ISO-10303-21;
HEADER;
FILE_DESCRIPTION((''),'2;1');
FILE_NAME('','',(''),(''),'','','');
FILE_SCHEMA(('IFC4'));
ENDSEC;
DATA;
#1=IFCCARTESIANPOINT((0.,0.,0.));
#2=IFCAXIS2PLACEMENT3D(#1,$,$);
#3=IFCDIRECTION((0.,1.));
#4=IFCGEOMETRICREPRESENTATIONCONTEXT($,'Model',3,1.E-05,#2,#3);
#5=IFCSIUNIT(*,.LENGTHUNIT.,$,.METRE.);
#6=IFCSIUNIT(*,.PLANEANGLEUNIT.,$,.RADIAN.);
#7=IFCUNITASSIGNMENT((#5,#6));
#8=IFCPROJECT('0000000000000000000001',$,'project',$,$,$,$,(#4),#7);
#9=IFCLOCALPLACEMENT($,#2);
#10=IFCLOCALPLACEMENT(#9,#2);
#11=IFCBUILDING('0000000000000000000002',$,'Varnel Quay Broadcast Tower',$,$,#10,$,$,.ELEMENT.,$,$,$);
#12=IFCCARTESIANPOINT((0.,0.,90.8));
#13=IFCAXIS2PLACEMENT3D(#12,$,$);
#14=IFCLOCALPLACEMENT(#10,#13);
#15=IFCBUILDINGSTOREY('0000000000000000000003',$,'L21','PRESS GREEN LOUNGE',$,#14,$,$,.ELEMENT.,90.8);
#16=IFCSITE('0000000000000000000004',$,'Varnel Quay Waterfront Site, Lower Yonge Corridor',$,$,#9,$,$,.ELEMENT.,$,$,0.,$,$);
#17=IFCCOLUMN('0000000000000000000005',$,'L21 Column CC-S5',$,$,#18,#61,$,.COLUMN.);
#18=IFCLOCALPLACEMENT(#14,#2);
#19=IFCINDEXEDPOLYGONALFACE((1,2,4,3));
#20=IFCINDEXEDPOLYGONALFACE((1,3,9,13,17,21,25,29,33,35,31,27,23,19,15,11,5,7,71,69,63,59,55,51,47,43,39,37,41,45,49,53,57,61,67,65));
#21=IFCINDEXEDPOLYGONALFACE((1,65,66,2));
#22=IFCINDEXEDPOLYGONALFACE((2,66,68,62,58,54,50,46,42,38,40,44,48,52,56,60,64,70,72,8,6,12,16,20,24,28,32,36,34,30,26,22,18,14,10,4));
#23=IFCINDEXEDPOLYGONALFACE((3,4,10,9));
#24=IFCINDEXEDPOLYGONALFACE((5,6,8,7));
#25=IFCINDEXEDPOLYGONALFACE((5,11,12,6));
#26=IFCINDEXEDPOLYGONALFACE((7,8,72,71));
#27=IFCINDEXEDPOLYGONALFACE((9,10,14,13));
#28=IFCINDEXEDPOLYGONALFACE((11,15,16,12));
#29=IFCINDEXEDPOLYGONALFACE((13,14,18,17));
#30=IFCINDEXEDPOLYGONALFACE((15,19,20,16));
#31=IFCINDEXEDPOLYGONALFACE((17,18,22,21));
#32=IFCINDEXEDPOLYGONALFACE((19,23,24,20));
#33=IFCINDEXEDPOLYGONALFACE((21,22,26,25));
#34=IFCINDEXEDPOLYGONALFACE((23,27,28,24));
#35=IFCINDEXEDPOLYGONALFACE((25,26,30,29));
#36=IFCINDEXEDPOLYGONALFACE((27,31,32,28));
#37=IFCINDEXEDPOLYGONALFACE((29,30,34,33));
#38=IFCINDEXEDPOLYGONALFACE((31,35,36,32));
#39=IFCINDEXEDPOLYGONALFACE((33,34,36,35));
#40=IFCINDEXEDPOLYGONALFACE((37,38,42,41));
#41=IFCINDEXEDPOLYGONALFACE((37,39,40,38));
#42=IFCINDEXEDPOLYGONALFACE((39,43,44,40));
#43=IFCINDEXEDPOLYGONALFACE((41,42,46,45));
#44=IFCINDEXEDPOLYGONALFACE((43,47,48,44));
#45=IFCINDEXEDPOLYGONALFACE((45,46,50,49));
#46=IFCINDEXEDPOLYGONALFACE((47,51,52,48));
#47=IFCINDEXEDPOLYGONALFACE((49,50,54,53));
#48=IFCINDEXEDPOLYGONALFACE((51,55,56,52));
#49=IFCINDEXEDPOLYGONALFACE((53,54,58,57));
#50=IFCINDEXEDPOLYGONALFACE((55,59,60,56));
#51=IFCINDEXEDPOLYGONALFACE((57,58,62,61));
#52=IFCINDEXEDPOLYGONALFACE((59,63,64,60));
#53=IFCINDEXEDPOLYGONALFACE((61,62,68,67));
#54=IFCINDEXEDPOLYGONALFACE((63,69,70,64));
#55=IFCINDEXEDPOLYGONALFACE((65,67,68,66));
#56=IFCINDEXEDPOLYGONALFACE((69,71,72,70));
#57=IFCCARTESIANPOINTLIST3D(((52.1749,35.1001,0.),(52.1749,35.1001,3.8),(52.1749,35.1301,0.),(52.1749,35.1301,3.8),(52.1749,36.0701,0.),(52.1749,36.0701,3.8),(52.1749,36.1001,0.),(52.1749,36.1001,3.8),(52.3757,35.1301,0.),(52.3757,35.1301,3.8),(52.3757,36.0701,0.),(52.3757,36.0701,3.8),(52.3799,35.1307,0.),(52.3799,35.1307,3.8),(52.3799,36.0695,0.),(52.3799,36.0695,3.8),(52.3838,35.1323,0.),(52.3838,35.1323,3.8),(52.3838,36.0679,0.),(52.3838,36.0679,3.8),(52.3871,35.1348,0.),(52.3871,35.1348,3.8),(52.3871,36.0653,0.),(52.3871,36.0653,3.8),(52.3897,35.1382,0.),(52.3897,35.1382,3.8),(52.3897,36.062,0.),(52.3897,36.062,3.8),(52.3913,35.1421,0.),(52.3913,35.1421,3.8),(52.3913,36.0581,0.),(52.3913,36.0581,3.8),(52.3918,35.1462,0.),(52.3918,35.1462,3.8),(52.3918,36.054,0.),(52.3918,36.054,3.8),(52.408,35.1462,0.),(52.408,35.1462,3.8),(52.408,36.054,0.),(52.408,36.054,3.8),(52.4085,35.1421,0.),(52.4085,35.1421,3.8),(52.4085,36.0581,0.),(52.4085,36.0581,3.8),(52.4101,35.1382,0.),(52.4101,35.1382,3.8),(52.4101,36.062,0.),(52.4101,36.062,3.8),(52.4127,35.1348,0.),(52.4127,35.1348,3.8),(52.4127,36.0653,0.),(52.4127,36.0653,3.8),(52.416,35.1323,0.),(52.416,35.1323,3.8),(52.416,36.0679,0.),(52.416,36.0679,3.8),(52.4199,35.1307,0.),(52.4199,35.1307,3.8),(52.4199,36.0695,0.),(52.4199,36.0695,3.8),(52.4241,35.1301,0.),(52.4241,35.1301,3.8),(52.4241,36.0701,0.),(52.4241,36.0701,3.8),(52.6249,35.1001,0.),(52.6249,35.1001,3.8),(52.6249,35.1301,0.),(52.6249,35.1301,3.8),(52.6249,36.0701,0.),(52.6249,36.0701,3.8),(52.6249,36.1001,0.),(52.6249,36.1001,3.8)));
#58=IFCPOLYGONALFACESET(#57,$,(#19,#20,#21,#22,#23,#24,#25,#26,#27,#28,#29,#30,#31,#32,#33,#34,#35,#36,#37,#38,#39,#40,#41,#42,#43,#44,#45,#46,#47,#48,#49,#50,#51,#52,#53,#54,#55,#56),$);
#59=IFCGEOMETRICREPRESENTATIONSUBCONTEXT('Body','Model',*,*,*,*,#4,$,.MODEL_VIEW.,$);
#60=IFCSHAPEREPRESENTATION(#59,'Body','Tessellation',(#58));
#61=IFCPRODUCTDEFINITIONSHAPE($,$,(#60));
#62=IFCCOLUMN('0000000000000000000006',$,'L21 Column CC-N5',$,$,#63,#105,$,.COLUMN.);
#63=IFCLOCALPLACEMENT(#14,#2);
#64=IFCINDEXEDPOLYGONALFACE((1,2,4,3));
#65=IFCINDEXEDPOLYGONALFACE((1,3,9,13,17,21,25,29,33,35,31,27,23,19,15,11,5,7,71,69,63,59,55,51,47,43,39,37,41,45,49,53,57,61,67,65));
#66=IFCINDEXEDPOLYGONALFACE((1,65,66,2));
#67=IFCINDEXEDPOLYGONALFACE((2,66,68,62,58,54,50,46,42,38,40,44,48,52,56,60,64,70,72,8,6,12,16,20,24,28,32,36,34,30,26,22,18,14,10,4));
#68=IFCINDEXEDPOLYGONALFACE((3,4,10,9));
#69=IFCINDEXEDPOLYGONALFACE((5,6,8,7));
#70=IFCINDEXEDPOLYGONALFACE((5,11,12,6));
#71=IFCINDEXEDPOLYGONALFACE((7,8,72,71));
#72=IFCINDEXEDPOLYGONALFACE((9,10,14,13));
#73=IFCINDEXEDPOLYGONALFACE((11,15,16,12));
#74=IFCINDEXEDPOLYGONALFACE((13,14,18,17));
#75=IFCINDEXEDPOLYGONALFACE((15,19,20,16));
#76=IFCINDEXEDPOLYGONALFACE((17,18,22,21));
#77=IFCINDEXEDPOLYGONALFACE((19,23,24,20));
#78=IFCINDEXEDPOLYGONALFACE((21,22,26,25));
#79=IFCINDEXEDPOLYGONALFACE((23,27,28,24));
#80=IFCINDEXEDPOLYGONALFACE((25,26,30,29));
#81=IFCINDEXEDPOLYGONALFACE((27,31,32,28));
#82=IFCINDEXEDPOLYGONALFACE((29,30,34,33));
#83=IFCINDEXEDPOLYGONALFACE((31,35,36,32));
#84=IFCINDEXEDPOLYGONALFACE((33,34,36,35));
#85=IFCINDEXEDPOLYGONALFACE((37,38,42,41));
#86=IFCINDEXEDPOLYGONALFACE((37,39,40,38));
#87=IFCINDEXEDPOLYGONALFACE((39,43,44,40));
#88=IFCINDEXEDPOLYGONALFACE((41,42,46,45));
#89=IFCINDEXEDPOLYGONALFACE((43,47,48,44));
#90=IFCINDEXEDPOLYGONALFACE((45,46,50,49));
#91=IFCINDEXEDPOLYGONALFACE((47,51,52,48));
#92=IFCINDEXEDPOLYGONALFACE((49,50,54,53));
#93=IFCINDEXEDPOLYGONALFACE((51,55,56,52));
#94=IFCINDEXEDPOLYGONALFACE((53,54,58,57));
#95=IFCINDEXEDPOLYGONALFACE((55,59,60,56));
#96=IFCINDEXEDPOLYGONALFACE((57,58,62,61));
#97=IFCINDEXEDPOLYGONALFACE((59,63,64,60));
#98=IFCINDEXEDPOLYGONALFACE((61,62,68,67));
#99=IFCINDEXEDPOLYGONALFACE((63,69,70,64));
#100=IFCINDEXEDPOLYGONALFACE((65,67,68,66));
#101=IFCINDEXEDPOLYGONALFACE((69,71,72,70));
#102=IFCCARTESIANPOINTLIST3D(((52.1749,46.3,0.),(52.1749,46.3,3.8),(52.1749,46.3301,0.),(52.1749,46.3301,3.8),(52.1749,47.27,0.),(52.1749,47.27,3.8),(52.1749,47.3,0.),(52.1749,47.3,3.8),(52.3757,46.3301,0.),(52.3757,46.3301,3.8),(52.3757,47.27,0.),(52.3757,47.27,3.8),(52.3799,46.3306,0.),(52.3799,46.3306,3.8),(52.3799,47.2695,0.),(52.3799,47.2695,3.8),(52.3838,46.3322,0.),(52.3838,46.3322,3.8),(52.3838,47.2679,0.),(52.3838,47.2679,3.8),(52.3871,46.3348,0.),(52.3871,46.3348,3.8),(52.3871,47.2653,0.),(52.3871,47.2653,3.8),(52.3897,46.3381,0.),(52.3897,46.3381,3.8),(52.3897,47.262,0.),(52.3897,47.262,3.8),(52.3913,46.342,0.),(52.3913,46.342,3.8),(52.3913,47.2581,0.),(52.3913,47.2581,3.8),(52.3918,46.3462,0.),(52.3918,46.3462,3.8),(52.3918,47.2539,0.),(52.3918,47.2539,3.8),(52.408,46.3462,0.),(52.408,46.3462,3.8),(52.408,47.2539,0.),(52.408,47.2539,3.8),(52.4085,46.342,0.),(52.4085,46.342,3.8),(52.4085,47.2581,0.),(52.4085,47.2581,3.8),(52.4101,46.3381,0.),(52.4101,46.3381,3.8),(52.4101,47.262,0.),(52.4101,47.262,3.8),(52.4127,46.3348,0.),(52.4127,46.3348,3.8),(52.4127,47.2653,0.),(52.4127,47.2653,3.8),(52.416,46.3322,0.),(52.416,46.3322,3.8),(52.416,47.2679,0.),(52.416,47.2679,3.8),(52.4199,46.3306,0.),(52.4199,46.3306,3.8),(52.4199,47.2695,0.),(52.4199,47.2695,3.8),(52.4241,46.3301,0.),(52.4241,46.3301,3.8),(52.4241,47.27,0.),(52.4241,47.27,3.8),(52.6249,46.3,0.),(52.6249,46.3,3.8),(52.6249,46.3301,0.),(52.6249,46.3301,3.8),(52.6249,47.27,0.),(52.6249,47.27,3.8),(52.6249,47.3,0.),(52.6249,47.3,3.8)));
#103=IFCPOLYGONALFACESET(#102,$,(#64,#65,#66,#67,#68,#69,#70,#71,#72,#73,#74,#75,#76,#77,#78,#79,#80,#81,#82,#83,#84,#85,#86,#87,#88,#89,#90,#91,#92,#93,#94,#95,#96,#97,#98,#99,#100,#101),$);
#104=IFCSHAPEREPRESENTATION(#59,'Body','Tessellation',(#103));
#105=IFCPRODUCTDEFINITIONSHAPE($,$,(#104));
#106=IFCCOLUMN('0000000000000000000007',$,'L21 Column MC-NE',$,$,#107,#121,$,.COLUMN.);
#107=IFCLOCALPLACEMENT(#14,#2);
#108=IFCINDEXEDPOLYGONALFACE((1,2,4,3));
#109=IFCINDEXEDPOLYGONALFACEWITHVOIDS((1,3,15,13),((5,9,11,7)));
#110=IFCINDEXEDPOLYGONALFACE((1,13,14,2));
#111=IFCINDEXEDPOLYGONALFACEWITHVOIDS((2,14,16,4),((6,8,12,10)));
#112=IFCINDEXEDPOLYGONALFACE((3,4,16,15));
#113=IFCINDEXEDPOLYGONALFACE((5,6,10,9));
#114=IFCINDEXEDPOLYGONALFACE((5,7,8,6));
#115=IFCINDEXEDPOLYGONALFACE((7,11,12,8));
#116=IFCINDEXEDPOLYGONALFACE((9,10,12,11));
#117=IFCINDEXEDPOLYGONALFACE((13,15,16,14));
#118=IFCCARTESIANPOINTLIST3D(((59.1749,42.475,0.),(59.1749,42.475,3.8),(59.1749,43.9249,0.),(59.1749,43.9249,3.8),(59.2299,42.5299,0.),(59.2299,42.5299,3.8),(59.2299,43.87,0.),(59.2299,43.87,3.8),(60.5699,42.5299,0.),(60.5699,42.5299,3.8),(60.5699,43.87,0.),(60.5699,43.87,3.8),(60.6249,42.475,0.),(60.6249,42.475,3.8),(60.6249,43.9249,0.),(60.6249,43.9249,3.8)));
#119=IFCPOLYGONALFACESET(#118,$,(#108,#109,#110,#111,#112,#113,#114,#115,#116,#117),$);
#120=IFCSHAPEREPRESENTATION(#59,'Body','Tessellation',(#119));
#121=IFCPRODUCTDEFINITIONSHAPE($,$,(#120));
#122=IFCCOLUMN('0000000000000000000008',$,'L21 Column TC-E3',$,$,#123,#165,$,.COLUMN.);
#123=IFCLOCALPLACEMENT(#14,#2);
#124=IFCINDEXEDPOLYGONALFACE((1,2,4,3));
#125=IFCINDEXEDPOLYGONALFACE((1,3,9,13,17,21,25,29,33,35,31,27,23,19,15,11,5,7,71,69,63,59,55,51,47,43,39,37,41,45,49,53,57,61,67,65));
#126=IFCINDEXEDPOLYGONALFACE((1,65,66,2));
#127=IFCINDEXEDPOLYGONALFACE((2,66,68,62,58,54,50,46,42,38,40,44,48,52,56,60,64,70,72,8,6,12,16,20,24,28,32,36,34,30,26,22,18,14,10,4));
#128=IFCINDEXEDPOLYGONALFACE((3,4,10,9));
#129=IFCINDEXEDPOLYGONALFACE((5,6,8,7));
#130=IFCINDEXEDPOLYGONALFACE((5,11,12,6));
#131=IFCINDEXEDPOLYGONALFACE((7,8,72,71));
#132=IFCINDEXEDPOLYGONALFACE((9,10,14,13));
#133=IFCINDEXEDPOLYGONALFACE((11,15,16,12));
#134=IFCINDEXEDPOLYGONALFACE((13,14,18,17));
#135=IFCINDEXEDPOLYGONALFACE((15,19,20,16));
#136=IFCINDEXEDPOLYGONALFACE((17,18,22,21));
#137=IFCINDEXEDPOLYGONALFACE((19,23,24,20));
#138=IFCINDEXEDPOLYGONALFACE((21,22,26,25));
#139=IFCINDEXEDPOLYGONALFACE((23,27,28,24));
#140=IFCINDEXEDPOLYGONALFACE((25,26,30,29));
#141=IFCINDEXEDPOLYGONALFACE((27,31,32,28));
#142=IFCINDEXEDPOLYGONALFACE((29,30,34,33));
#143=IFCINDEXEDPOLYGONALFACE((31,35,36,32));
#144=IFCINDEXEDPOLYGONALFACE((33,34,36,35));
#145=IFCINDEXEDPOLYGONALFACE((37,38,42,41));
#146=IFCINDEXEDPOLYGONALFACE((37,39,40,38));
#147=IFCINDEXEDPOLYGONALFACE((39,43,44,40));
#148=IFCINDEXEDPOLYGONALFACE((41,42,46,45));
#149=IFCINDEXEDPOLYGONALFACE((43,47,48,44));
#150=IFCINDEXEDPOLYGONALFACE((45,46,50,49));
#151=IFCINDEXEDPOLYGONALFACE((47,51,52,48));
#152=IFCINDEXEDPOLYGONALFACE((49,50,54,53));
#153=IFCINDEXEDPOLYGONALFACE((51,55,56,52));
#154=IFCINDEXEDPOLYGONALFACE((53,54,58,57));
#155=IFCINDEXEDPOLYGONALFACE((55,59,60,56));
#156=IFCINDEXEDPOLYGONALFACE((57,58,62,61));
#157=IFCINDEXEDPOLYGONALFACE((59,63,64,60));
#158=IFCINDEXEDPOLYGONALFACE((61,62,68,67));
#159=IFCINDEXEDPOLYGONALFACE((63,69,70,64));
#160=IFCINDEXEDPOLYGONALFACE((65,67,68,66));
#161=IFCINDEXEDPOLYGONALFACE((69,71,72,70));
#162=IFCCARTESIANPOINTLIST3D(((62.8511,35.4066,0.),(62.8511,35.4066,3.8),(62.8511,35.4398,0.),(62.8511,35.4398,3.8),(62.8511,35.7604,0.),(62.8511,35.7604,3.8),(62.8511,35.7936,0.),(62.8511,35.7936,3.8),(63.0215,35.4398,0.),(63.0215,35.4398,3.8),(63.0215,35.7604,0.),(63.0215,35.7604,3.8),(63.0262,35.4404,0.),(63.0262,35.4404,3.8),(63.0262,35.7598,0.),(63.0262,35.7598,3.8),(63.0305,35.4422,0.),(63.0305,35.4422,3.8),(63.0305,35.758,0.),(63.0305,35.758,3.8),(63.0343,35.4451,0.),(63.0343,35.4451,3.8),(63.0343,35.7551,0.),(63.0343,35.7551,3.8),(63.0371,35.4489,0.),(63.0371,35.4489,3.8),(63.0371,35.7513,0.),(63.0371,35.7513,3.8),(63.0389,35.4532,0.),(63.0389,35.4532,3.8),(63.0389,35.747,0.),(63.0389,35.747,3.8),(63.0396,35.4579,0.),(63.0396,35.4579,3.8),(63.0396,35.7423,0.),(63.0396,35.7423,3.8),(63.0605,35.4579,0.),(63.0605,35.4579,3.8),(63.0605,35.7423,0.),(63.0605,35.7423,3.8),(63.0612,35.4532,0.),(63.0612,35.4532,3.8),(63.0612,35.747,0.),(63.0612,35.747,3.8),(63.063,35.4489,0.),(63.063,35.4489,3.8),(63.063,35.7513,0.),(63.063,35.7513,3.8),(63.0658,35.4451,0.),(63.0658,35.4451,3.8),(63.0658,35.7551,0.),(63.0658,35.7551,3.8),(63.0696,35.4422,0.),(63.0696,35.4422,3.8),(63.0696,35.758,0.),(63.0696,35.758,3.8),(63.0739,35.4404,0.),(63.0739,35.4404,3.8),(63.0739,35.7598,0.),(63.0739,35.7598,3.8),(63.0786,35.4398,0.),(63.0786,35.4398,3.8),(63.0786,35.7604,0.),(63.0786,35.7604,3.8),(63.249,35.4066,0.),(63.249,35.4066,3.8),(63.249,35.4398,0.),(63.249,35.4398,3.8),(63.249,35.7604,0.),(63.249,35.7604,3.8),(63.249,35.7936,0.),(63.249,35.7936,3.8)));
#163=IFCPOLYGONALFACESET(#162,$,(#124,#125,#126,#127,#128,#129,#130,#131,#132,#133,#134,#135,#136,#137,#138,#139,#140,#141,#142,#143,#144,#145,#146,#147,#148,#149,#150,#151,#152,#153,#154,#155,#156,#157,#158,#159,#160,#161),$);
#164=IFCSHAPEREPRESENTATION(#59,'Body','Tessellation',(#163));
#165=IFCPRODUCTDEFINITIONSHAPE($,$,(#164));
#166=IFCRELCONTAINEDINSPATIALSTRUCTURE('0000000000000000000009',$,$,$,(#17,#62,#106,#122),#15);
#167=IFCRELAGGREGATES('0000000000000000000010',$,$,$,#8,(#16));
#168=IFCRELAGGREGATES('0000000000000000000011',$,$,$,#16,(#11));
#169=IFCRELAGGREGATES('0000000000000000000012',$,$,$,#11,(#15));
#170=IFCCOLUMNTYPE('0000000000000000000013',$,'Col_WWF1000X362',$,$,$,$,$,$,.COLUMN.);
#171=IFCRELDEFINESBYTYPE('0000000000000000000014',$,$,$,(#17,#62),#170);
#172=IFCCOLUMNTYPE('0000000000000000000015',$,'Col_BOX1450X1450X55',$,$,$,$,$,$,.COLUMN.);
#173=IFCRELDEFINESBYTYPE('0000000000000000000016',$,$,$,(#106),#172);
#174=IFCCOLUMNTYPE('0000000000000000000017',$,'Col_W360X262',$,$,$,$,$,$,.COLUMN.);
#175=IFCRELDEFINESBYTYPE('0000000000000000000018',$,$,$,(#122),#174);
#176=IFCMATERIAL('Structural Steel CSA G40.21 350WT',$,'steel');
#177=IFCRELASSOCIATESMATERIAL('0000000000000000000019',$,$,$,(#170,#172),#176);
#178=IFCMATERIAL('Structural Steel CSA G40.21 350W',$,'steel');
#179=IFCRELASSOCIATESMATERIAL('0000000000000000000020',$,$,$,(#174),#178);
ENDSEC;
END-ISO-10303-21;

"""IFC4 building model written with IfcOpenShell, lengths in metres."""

from ifc_helpers import new_model, si_unit, direction, frame, origin, origin_2d, place, context, subcontext, project, spatial, hollow_rectangle, i_section, extrude, source, transform, mapped, material, material_profile, profile_set, type_object, type_shapes, element, save


model = new_model("IFC4")

# Units and contexts
model_context = context("Model", 3, precision=1e-05, world=origin(), true_north=direction((0.0, 1.0)))
body_context = subcontext(model_context, "Body", "Model", "MODEL_VIEW")
ifc_project = project(units=[si_unit("LENGTHUNIT", "METRE"), si_unit("PLANEANGLEUNIT", "RADIAN")], contexts=[model_context])

# Site, building, storey
site_placement = place(None, origin())
site = spatial("IfcSite", under=ifc_project, at=site_placement, Name="Varnel Quay Waterfront Site, Lower Yonge Corridor", CompositionType="ELEMENT", RefElevation=0.0)
building_placement = place(site_placement, origin())
building = spatial("IfcBuilding", under=site, at=building_placement, Name="Varnel Quay Broadcast Tower", CompositionType="ELEMENT")
storey_placement = place(building_placement, frame((0.0, 0.0, 90.8)))
storey = spatial("IfcBuildingStorey", under=building, at=storey_placement, Name="L21", Description="PRESS GREEN LOUNGE", CompositionType="ELEMENT", Elevation=90.8)

# Columns
ifc_material_1 = material(Name="Structural Steel CSA G40.21 350WT", Category="steel")
ifc_material_profile_1 = material_profile(ifc_material_1, i_section(OverallWidth=0.45, OverallDepth=1.0, WebThickness=0.0161, FlangeThickness=0.03, FilletRadius=0.0161, at=origin_2d()), Name="WWF1000X362")
ifc_profile_set_1 = profile_set([ifc_material_profile_1], Name="Structural Steel CSA G40.21 350WT")
column_type_1 = type_object("IfcColumnType", Name="Col_WWF1000X362", PredefinedType="COLUMN", material=ifc_profile_set_1)
shared_shape_1 = source(origin(), body_context, "Body", "SweptSolid", [
    extrude(i_section(OverallWidth=0.45, OverallDepth=1.0, WebThickness=0.0161, FlangeThickness=0.03, FilletRadius=0.0161, at=origin_2d()), origin(), (0.0, 0.0, 1.0), 3.8),
])
type_shapes(column_type_1, [shared_shape_1])
for number, where, z_axis, x_axis, name in (
    (1, (52.3999, 35.6001, 0.0), (0.0, 0.0, 1.0), (1.0, 0.0, 0.0), "L21 Column CC-S5"),
    (2, (52.3999, 46.8, 0.0), (0.0, 0.0, 1.0), (1.0, 0.0, 0.0), "L21 Column CC-N5"),
):
    element("IfcColumn", number, at=place(storey_placement, frame(where, z_axis=z_axis, x_axis=x_axis)), inside=storey, type_object=column_type_1, Name=name, PredefinedType="COLUMN", context=body_context, shape_type="MappedRepresentation", body=[
        mapped(shared_shape_1, transform((0.0, 0.0, 0.0), x_axis=(1.0, 0.0, 0.0), y_axis=(0.0, 1.0, 0.0), z_axis=(0.0, 0.0, 1.0), scale=1.0)),
    ])
ifc_material_profile_2 = material_profile(ifc_material_1, hollow_rectangle(XDim=1.45, YDim=1.45, WallThickness=0.0549, at=origin_2d()), Name="BOX1450X1450X55")
ifc_profile_set_2 = profile_set([ifc_material_profile_2], Name="Structural Steel CSA G40.21 350WT")
column_type_2 = type_object("IfcColumnType", Name="Col_BOX1450X1450X55", PredefinedType="COLUMN", material=ifc_profile_set_2)
shared_shape_2 = source(origin(), body_context, "Body", "SweptSolid", [
    extrude(hollow_rectangle(XDim=1.45, YDim=1.45, WallThickness=0.0549, at=origin_2d()), origin(), (0.0, 0.0, 1.0), 3.8),
])
type_shapes(column_type_2, [shared_shape_2])
column_1_placement = place(storey_placement, frame((59.8999, 43.2, 0.0), z_axis=(0.0, 0.0, 1.0), x_axis=(1.0, 0.0, 0.0)))
element("IfcColumn", 3, at=column_1_placement, inside=storey, type_object=column_type_2, Name="L21 Column MC-NE", PredefinedType="COLUMN", context=body_context, shape_type="MappedRepresentation", body=[
    mapped(shared_shape_2, transform((0.0, 0.0, 0.0), x_axis=(1.0, 0.0, 0.0), y_axis=(0.0, 1.0, 0.0), z_axis=(0.0, 0.0, 1.0), scale=1.0)),
])
ifc_material_2 = material(Name="Structural Steel CSA G40.21 350W", Category="steel")
ifc_material_profile_3 = material_profile(ifc_material_2, i_section(OverallWidth=0.3979, OverallDepth=0.387, WebThickness=0.021, FlangeThickness=0.0332, FilletRadius=0.0181, at=origin_2d()), Name="W360X262")
ifc_profile_set_3 = profile_set([ifc_material_profile_3], Name="Structural Steel CSA G40.21 350W")
column_type_3 = type_object("IfcColumnType", Name="Col_W360X262", PredefinedType="COLUMN", material=ifc_profile_set_3)
shared_shape_3 = source(origin(), body_context, "Body", "SweptSolid", [
    extrude(i_section(OverallWidth=0.3979, OverallDepth=0.387, WebThickness=0.021, FlangeThickness=0.0332, FilletRadius=0.0181, at=origin_2d()), origin(), (0.0, 0.0, 1.0), 3.8),
])
type_shapes(column_type_3, [shared_shape_3])
column_2_placement = place(storey_placement, frame((63.05, 35.6001, 0.0), z_axis=(0.0, 0.0, 1.0), x_axis=(1.0, 0.0, 0.0)))
element("IfcColumn", 4, at=column_2_placement, inside=storey, type_object=column_type_3, Name="L21 Column TC-E3", PredefinedType="COLUMN", context=body_context, shape_type="MappedRepresentation", body=[
    mapped(shared_shape_3, transform((0.0, 0.0, 0.0), x_axis=(1.0, 0.0, 0.0), y_axis=(0.0, 1.0, 0.0), z_axis=(0.0, 0.0, 1.0), scale=1.0)),
])

save(model, "model.ifc")
